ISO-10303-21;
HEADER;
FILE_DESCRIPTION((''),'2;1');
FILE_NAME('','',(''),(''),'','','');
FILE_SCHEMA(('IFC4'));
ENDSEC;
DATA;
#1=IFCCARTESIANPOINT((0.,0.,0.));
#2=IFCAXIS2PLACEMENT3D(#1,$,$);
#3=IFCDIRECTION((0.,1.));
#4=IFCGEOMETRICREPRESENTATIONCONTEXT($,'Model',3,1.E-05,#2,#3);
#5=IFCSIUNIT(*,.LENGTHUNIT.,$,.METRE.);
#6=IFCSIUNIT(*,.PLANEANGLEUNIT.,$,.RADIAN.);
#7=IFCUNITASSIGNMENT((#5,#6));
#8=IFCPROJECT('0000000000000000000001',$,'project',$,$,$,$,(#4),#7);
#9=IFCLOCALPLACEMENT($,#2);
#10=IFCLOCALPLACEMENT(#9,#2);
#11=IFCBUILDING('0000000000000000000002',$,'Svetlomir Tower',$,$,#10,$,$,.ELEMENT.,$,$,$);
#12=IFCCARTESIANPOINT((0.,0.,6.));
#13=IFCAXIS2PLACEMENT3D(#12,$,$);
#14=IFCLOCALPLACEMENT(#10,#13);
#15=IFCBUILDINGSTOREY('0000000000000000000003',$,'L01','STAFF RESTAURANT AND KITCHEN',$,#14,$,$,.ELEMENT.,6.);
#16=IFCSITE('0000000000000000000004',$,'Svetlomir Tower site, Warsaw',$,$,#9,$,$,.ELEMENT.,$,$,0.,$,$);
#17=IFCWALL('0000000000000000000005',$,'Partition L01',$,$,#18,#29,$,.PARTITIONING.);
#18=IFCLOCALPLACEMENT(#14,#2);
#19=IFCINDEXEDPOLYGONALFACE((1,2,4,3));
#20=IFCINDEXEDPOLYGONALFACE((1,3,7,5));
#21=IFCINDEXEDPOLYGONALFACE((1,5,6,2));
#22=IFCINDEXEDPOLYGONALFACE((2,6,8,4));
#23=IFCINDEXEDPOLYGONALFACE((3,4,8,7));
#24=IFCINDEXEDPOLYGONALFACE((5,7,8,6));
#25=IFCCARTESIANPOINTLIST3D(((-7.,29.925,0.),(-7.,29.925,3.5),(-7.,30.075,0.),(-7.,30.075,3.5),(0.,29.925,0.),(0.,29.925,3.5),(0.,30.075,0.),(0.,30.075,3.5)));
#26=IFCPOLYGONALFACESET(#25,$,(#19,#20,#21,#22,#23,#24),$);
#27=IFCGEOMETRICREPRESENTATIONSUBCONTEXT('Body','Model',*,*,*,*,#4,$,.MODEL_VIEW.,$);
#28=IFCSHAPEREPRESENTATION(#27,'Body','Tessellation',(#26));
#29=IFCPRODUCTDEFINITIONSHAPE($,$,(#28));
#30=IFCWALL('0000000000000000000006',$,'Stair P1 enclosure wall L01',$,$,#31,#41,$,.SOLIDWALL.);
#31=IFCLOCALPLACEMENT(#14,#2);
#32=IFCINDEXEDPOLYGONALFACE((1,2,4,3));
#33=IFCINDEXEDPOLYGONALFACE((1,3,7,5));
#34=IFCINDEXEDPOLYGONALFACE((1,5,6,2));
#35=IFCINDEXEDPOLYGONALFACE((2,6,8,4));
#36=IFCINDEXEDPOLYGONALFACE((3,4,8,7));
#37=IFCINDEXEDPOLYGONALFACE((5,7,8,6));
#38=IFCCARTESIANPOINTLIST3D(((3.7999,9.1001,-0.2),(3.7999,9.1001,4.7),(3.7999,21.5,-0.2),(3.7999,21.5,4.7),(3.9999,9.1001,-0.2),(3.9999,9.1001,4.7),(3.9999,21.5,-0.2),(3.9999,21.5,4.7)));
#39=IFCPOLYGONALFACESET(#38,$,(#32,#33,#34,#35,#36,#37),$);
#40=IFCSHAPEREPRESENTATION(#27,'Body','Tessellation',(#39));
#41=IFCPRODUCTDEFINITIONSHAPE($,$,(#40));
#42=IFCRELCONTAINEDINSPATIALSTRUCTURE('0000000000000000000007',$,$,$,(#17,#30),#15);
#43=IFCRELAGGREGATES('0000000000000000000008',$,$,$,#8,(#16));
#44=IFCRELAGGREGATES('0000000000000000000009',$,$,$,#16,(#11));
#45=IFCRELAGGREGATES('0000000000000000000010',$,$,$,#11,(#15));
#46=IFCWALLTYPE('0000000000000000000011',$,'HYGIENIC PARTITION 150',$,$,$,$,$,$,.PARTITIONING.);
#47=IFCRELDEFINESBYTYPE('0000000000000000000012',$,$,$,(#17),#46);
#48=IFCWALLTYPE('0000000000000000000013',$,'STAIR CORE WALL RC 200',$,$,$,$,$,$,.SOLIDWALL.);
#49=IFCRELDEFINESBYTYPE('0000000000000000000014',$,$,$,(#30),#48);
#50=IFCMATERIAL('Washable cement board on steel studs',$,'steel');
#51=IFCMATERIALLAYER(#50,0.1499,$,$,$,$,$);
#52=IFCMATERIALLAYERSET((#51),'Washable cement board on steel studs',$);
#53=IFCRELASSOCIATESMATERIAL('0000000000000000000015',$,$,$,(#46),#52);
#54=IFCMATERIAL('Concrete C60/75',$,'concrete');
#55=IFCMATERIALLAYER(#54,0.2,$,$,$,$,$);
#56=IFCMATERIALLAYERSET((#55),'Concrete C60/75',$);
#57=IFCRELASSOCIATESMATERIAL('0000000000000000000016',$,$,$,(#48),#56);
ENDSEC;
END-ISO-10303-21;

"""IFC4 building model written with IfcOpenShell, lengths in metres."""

from ifc_helpers import new_model, si_unit, direction, frame, frame_2d, origin, place, context, subcontext, project, spatial, rectangle, extrude, material, layer, layer_set, type_object, element, save


model = new_model("IFC4")

# Units and contexts
model_context = context("Model", 3, precision=1e-05, world=origin(), true_north=direction((0.0, 1.0)))
body_context = subcontext(model_context, "Body", "Model", "MODEL_VIEW")
ifc_project = project(units=[si_unit("LENGTHUNIT", "METRE"), si_unit("PLANEANGLEUNIT", "RADIAN")], contexts=[model_context])

# Site, building, storey
site_placement = place(None, origin())
site = spatial("IfcSite", under=ifc_project, at=site_placement, Name="Svetlomir Tower site, Warsaw", CompositionType="ELEMENT", RefElevation=0.0)
building_placement = place(site_placement, origin())
building = spatial("IfcBuilding", under=site, at=building_placement, Name="Svetlomir Tower", CompositionType="ELEMENT")
storey_placement = place(building_placement, frame((0.0, 0.0, 6.0)))
storey = spatial("IfcBuildingStorey", under=building, at=storey_placement, Name="L01", Description="STAFF RESTAURANT AND KITCHEN", CompositionType="ELEMENT", Elevation=6.0)

# Walls
ifc_material_1 = material(Name="Washable cement board on steel studs", Category="steel")
ifc_layer_1 = layer(ifc_material_1, 0.1499)
ifc_layer_set_1 = layer_set([ifc_layer_1], Name="Washable cement board on steel studs")
wall_type_1 = type_object("IfcWallType", Name="HYGIENIC PARTITION 150", PredefinedType="PARTITIONING", material=ifc_layer_set_1)
wall_1_placement = place(storey_placement, frame((-7.0, 30.0, 0.0), z_axis=(0.0, 0.0, 1.0), x_axis=(1.0, 0.0, 0.0)))
element("IfcWall", 1, at=wall_1_placement, inside=storey, type_object=wall_type_1, Name="Partition L01", PredefinedType="PARTITIONING", context=body_context, shape_type="SweptSolid", body=[
    extrude(rectangle(XDim=7.0, YDim=0.1499, at=frame_2d((3.5, 0.0))), origin(), (0.0, 0.0, 1.0), 3.5),
])
ifc_material_2 = material(Name="Concrete C60/75", Category="concrete")
ifc_layer_2 = layer(ifc_material_2, 0.2)
ifc_layer_set_2 = layer_set([ifc_layer_2], Name="Concrete C60/75")
wall_type_2 = type_object("IfcWallType", Name="STAIR CORE WALL RC 200", PredefinedType="SOLIDWALL", material=ifc_layer_set_2)
wall_2_placement = place(storey_placement, frame((3.8999, 21.5, -0.2), z_axis=(0.0, 0.0, 1.0), x_axis=(0.0, -1.0, 0.0)))
element("IfcWall", 2, at=wall_2_placement, inside=storey, type_object=wall_type_2, Name="Stair P1 enclosure wall L01", PredefinedType="SOLIDWALL", context=body_context, shape_type="SweptSolid", body=[
    extrude(rectangle(XDim=12.3999, YDim=0.2, at=frame_2d((6.2, 0.0))), origin(), (0.0, 0.0, 1.0), 4.8999),
])

save(model, "model.ifc")
